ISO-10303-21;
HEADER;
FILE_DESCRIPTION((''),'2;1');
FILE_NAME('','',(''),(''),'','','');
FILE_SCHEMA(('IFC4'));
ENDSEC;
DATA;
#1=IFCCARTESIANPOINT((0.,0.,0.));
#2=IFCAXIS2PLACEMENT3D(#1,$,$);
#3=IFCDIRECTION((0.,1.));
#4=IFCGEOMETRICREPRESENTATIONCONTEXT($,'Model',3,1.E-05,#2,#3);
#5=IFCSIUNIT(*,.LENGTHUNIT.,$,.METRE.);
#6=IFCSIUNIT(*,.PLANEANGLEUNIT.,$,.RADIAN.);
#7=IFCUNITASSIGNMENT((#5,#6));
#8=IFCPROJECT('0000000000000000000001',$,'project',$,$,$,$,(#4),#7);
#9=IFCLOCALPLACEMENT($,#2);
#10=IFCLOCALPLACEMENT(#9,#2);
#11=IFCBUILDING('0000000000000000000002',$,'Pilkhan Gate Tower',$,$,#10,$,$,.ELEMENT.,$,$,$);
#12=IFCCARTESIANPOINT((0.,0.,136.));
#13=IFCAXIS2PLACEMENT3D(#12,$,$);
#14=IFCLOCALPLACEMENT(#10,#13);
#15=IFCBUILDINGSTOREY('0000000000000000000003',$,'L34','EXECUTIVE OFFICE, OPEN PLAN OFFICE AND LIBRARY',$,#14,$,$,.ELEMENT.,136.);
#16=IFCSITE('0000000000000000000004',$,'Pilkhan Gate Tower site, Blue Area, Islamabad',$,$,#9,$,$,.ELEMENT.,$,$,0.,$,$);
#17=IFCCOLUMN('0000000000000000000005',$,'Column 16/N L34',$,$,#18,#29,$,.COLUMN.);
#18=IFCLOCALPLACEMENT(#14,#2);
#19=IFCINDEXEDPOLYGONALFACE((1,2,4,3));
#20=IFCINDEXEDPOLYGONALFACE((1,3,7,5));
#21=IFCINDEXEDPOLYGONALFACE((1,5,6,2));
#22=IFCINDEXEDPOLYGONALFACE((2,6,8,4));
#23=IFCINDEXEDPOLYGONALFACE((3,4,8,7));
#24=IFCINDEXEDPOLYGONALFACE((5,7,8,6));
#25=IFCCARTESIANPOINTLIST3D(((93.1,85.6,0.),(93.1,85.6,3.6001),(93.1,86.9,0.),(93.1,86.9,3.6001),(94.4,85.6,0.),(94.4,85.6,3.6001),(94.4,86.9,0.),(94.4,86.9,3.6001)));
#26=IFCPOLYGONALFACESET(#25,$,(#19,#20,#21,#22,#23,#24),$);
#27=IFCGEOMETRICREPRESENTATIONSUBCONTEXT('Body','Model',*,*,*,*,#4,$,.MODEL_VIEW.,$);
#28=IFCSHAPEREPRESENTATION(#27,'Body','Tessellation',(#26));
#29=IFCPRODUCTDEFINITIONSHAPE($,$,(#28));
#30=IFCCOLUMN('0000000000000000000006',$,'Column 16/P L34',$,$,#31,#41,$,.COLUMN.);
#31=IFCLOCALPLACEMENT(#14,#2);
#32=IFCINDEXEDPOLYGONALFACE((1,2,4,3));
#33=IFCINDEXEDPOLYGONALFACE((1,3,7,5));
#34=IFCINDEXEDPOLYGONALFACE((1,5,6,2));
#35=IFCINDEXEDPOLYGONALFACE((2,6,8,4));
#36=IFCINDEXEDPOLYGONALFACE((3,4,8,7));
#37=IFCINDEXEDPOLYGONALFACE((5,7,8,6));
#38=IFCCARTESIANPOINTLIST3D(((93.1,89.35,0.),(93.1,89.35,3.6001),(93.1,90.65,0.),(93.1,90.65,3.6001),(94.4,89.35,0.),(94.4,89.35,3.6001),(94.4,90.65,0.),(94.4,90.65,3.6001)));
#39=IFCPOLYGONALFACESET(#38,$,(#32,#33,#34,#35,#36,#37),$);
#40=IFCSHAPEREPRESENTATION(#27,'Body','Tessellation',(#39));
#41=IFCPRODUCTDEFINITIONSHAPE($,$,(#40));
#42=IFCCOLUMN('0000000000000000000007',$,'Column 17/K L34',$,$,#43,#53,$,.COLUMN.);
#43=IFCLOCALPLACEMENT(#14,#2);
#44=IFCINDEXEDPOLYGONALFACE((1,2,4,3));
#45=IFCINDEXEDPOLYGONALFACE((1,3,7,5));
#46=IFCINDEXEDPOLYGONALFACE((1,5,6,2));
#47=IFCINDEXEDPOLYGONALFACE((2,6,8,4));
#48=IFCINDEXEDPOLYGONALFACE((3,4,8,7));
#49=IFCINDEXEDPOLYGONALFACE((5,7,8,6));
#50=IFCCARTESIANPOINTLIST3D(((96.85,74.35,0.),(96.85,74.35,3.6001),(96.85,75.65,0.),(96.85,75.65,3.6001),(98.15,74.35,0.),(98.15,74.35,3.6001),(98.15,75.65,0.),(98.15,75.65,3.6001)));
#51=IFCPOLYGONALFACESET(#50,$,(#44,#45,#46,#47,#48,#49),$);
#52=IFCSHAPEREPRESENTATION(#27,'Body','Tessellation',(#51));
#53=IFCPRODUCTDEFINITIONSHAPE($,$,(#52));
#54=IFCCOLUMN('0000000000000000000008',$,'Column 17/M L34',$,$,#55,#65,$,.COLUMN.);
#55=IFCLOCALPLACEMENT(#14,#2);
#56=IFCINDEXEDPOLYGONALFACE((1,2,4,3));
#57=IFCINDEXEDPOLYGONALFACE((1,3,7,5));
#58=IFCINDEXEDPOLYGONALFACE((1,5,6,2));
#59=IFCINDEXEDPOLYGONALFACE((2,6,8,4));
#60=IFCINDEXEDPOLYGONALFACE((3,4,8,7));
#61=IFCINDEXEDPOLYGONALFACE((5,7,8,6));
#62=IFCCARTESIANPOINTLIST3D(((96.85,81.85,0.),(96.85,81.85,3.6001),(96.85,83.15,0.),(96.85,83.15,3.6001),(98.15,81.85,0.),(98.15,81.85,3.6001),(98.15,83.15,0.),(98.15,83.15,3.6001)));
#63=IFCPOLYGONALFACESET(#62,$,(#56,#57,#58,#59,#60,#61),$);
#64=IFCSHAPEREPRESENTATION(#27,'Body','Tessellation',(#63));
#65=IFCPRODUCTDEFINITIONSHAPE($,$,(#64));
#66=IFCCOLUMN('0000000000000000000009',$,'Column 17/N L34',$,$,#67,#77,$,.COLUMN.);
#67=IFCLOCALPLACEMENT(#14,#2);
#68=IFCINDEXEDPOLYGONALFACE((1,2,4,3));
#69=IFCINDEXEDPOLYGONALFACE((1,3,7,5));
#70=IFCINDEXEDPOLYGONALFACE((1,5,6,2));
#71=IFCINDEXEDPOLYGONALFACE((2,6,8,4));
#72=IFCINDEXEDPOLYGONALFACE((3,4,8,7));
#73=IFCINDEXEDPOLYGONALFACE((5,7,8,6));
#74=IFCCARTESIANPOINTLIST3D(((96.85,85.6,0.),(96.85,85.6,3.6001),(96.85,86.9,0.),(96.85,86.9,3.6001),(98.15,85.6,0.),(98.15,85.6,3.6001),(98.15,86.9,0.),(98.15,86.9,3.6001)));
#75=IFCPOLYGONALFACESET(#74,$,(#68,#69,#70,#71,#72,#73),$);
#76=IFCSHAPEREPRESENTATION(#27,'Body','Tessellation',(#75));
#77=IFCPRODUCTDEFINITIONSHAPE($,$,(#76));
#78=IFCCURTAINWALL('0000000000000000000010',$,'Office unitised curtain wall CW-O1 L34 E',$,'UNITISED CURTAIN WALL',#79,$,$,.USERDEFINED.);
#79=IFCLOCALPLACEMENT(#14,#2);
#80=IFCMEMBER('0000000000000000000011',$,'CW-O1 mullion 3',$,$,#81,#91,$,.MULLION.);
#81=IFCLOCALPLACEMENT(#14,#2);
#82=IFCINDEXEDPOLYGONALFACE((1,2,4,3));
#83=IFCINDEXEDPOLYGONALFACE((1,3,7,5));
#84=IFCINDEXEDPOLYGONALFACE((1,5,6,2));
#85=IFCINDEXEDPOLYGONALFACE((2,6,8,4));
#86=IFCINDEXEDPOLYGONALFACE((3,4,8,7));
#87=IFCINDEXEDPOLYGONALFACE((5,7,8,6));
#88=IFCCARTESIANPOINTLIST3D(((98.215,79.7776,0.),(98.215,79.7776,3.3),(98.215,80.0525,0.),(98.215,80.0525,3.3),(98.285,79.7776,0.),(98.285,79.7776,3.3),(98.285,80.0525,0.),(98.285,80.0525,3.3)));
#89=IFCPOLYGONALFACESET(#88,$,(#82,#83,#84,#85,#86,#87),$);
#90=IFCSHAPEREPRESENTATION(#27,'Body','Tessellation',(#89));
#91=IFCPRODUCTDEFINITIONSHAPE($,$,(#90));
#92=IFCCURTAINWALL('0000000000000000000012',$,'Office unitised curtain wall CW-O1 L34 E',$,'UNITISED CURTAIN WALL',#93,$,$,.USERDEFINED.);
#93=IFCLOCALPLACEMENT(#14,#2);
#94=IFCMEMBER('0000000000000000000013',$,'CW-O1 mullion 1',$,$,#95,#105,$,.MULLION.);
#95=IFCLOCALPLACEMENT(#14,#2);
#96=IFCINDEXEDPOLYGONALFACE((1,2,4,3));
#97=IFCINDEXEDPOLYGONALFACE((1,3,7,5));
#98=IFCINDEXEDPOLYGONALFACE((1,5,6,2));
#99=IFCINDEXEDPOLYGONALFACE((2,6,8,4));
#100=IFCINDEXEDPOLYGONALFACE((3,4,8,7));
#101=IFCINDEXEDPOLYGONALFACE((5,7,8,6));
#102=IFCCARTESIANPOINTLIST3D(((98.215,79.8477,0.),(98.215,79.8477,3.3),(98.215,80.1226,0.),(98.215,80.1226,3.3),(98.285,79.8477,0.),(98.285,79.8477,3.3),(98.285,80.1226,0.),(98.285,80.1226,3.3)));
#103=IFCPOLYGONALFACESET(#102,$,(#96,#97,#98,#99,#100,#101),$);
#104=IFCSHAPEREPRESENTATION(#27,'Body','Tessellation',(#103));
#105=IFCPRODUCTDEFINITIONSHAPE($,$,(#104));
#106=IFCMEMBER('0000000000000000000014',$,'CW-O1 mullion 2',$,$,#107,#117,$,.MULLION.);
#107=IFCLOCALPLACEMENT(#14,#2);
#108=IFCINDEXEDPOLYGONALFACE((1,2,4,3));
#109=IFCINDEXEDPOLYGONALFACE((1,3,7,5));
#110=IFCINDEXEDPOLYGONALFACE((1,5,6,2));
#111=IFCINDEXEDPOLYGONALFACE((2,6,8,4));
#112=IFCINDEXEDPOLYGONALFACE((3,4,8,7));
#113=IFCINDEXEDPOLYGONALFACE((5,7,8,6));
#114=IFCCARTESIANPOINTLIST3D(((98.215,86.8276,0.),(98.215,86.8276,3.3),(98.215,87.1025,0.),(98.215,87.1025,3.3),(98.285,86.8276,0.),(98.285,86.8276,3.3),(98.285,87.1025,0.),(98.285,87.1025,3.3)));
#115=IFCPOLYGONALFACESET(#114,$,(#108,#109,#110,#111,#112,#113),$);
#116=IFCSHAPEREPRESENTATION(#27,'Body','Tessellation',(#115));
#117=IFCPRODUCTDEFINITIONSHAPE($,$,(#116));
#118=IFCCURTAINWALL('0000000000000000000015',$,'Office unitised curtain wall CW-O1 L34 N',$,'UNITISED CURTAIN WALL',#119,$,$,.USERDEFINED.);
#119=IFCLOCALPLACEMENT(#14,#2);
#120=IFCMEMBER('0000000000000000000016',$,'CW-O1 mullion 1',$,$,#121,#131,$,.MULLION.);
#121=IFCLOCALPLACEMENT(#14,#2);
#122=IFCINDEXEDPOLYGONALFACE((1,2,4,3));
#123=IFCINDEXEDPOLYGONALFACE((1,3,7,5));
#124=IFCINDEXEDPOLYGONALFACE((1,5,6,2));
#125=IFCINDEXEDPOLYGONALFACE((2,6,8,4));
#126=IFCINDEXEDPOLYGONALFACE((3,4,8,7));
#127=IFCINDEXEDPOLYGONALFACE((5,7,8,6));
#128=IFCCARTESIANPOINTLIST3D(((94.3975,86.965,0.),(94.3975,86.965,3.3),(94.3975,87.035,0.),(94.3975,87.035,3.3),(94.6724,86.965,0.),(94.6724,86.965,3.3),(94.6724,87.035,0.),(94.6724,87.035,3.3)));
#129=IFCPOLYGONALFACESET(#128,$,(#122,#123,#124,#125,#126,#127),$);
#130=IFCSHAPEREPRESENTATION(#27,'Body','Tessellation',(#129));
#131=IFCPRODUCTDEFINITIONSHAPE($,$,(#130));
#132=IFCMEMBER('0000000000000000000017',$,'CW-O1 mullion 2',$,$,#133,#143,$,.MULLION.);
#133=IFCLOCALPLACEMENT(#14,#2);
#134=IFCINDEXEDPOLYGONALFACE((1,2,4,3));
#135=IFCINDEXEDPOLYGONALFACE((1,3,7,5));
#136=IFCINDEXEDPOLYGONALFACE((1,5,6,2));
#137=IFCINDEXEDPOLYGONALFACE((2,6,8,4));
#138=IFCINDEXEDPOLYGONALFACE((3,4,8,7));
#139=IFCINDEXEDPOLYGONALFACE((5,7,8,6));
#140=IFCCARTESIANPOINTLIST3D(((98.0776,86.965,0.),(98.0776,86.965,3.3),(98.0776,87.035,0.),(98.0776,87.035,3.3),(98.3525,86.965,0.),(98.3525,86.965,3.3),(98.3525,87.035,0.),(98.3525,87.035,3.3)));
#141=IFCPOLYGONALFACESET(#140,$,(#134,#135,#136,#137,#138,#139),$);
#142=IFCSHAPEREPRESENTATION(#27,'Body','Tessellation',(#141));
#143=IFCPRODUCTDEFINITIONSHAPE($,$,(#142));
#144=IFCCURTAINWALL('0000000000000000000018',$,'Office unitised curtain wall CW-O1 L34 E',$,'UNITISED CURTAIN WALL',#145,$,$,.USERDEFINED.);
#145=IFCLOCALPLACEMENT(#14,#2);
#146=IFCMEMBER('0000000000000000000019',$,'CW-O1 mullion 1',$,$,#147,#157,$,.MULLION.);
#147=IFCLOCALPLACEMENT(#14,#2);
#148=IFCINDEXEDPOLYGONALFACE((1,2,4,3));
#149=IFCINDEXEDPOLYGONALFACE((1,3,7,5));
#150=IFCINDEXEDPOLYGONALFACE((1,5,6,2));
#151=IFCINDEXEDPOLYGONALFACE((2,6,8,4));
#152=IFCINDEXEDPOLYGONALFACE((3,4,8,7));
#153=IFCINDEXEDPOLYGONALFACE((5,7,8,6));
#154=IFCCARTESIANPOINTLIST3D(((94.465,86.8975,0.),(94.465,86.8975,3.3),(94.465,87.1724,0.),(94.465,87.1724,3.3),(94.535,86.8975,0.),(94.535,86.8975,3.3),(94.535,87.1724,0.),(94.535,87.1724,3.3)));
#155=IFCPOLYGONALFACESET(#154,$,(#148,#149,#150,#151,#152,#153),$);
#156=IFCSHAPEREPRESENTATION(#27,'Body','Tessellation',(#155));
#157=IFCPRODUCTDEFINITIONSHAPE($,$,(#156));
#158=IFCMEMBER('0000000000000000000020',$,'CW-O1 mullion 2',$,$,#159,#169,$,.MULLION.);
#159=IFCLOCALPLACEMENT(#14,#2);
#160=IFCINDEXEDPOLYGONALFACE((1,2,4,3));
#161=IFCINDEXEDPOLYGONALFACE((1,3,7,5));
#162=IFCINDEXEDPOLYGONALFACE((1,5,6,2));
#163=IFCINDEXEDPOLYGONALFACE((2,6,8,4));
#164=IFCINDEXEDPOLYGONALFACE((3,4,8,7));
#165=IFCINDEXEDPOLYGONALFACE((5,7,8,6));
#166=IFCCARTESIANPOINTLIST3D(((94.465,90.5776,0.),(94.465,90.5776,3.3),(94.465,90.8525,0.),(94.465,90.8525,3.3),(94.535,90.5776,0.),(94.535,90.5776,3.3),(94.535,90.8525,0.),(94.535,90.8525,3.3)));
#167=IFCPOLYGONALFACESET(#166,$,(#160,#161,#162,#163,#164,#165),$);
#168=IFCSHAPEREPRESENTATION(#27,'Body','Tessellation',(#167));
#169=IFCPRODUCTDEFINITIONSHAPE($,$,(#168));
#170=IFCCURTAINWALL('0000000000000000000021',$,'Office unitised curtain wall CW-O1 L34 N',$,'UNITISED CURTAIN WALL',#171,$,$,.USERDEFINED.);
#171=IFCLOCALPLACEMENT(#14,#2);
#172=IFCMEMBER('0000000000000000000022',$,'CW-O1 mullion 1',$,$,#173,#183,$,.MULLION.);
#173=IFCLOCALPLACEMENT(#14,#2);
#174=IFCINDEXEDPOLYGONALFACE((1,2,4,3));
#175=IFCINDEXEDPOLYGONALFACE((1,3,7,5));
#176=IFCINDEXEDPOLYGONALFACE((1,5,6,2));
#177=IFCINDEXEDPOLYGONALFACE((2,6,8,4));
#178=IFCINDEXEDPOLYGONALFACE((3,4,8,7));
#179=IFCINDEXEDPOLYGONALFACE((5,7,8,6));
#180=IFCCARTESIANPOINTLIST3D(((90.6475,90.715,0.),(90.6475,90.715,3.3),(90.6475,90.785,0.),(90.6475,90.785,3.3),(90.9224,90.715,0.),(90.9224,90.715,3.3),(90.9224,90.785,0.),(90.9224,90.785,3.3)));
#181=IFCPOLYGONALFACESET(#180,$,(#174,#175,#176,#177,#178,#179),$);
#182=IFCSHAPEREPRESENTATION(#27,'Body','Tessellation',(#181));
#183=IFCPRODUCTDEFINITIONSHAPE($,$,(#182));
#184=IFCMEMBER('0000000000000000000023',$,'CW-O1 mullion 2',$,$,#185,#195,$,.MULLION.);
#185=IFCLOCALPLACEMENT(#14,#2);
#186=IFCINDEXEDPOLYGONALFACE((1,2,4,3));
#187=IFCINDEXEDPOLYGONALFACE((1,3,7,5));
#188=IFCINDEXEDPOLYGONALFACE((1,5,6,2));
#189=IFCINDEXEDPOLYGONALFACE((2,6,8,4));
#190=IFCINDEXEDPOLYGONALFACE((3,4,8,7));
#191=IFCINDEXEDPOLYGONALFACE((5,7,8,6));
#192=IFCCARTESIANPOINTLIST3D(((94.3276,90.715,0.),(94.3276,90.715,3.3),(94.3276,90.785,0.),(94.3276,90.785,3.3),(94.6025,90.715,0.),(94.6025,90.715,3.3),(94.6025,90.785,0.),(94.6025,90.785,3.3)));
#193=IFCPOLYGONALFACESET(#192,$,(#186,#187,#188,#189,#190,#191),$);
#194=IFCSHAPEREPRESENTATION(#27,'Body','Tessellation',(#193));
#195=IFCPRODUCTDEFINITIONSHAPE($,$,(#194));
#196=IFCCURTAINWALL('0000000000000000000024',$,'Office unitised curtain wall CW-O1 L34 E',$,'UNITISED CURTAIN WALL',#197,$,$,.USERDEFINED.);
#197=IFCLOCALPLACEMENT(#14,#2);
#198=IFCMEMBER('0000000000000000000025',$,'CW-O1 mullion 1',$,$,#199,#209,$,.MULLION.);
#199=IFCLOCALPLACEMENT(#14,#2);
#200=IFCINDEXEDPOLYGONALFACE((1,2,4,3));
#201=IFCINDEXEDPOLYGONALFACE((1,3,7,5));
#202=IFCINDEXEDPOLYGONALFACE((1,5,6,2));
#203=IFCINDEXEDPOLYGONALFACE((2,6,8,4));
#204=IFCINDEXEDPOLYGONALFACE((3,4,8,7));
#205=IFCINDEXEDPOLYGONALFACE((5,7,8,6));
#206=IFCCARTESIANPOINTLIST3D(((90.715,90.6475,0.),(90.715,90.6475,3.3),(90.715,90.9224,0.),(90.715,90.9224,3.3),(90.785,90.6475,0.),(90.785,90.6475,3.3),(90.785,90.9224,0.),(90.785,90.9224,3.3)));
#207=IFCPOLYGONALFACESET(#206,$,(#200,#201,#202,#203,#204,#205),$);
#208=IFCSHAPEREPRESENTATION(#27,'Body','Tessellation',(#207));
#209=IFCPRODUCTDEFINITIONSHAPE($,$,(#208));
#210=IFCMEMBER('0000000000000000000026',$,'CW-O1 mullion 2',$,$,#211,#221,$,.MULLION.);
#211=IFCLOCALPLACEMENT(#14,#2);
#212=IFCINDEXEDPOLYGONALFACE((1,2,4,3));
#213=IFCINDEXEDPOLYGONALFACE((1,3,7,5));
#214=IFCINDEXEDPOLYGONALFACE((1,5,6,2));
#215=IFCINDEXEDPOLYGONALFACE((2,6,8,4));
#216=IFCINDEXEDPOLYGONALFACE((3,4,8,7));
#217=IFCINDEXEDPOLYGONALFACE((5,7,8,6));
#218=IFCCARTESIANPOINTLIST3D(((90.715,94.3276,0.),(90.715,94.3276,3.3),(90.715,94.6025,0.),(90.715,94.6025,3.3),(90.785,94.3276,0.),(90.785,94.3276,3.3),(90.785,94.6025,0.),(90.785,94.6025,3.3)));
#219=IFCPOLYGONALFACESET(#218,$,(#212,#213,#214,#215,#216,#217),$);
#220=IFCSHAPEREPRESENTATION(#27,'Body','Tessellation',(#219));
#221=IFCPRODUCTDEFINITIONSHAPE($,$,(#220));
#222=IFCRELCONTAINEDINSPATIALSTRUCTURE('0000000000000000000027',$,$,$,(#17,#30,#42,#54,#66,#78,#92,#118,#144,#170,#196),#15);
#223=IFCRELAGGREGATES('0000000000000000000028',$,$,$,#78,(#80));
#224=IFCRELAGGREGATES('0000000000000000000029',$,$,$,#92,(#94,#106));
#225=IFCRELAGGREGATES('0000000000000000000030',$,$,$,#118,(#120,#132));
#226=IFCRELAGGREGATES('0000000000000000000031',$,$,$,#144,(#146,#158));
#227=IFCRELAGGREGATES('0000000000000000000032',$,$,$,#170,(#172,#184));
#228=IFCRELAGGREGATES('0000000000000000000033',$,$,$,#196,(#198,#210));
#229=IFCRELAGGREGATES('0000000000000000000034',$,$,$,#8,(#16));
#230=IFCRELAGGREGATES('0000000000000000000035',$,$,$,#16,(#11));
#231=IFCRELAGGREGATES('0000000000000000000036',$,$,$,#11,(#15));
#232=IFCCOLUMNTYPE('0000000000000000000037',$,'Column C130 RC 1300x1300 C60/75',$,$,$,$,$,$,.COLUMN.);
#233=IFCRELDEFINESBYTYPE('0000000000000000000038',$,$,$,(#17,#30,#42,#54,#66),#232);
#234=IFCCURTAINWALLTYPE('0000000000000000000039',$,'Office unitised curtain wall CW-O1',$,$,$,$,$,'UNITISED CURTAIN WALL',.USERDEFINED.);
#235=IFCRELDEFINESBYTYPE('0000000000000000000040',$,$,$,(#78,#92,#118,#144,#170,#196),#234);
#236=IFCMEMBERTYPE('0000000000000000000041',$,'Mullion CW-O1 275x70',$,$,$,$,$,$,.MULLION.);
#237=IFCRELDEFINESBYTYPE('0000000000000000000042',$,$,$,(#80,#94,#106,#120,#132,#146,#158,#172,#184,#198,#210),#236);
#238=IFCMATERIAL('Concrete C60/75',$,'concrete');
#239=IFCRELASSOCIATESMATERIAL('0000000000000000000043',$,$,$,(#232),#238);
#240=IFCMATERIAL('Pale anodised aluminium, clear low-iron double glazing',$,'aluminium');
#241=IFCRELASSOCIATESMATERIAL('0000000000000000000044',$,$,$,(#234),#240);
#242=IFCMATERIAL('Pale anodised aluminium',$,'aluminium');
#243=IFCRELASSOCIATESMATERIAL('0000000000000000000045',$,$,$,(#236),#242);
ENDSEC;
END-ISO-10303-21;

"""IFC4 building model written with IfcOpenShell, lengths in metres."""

from ifc_helpers import new_model, si_unit, direction, frame, origin, origin_2d, place, context, subcontext, project, spatial, rectangle, extrude, material, material_profile, profile_set, type_object, element, aggregate, save


model = new_model("IFC4")

# Units and contexts
model_context = context("Model", 3, precision=1e-05, world=origin(), true_north=direction((0.0, 1.0)))
body_context = subcontext(model_context, "Body", "Model", "MODEL_VIEW")
ifc_project = project(units=[si_unit("LENGTHUNIT", "METRE"), si_unit("PLANEANGLEUNIT", "RADIAN")], contexts=[model_context])

# Site, building, storey
site_placement = place(None, origin())
site = spatial("IfcSite", under=ifc_project, at=site_placement, Name="Pilkhan Gate Tower site, Blue Area, Islamabad", CompositionType="ELEMENT", RefElevation=0.0)
building_placement = place(site_placement, origin())
building = spatial("IfcBuilding", under=site, at=building_placement, Name="Pilkhan Gate Tower", CompositionType="ELEMENT")
storey_placement = place(building_placement, frame((0.0, 0.0, 136.0)))
storey = spatial("IfcBuildingStorey", under=building, at=storey_placement, Name="L34", Description="EXECUTIVE OFFICE, OPEN PLAN OFFICE AND LIBRARY", CompositionType="ELEMENT", Elevation=136.0)

# Columns
ifc_material_1 = material(Name="Concrete C60/75", Category="concrete")
ifc_material_profile_1 = material_profile(ifc_material_1, rectangle(XDim=1.3, YDim=1.3, at=origin_2d()), Name="RC 1300x1300")
ifc_profile_set_1 = profile_set([ifc_material_profile_1], Name="Concrete C60/75")
column_type = type_object("IfcColumnType", Name="Column C130 RC 1300x1300 C60/75", PredefinedType="COLUMN", material=ifc_profile_set_1)
for number, where, z_axis, x_axis, name in (
    (1, (93.75, 86.25, 0.0), (0.0, 0.0, 1.0), (1.0, 0.0, 0.0), "Column 16/N L34"),
    (2, (93.75, 90.0, 0.0), (0.0, 0.0, 1.0), (1.0, 0.0, 0.0), "Column 16/P L34"),
    (3, (97.5, 75.0, 0.0), (0.0, 0.0, 1.0), (1.0, 0.0, 0.0), "Column 17/K L34"),
    (4, (97.5, 82.5, 0.0), (0.0, 0.0, 1.0), (1.0, 0.0, 0.0), "Column 17/M L34"),
    (5, (97.5, 86.25, 0.0), (0.0, 0.0, 1.0), (1.0, 0.0, 0.0), "Column 17/N L34"),
):
    element("IfcColumn", number, at=place(storey_placement, frame(where, z_axis=z_axis, x_axis=x_axis)), inside=storey, type_object=column_type, Name=name, PredefinedType="COLUMN", context=body_context, shape_type="SweptSolid", body=[
        extrude(rectangle(XDim=1.3, YDim=1.3, at=origin_2d()), origin(), (0.0, 0.0, 1.0), 3.6001),
    ])

# Curtain wall, member
ifc_material_2 = material(Name="Pale anodised aluminium, clear low-iron double glazing", Category="aluminium")
curtain_wall_type = type_object("IfcCurtainWallType", Name="Office unitised curtain wall CW-O1", ElementType="UNITISED CURTAIN WALL", PredefinedType="USERDEFINED", material=ifc_material_2)
curtain_wall_1_placement = place(storey_placement, origin())
curtain_wall_1 = element("IfcCurtainWall", 6, at=curtain_wall_1_placement, inside=storey, type_object=curtain_wall_type, Name="Office unitised curtain wall CW-O1 L34 E", ObjectType="UNITISED CURTAIN WALL", PredefinedType="USERDEFINED")
ifc_material_3 = material(Name="Pale anodised aluminium", Category="aluminium")
ifc_material_profile_2 = material_profile(ifc_material_3, rectangle(XDim=0.0701, YDim=0.2749, at=origin_2d()), Name="Mullion 275x70")
ifc_profile_set_2 = profile_set([ifc_material_profile_2], Name="Pale anodised aluminium")
member_type_1 = type_object("IfcMemberType", Name="Mullion CW-O1 275x70", PredefinedType="MULLION", material=ifc_profile_set_2)
member_1_placement = place(storey_placement, frame((98.25, 79.915, 0.0), z_axis=(0.0, 0.0, 1.0), x_axis=(-1.0, 0.0, 0.0)))
member_1 = element("IfcMember", 7, at=member_1_placement, type_object=member_type_1, Name="CW-O1 mullion 3", PredefinedType="MULLION", context=body_context, shape_type="SweptSolid", body=[
    extrude(rectangle(XDim=0.0701, YDim=0.2749, at=origin_2d()), origin(), (0.0, 0.0, 1.0), 3.3),
])

# Curtain walls, members
curtain_wall_2_placement = place(storey_placement, origin())
curtain_wall_2 = element("IfcCurtainWall", 8, at=curtain_wall_2_placement, inside=storey, type_object=curtain_wall_type, Name="Office unitised curtain wall CW-O1 L34 E", ObjectType="UNITISED CURTAIN WALL", PredefinedType="USERDEFINED")
member_2_placement = place(storey_placement, frame((98.25, 79.9851, 0.0), z_axis=(0.0, 0.0, 1.0), x_axis=(-1.0, 0.0, 0.0)))
member_2 = element("IfcMember", 9, at=member_2_placement, type_object=member_type_1, Name="CW-O1 mullion 1", PredefinedType="MULLION", context=body_context, shape_type="SweptSolid", body=[
    extrude(rectangle(XDim=0.0701, YDim=0.2749, at=origin_2d()), origin(), (0.0, 0.0, 1.0), 3.3),
])
member_3_placement = place(storey_placement, frame((98.25, 86.9651, 0.0), z_axis=(0.0, 0.0, 1.0), x_axis=(-1.0, 0.0, 0.0)))
member_3 = element("IfcMember", 10, at=member_3_placement, type_object=member_type_1, Name="CW-O1 mullion 2", PredefinedType="MULLION", context=body_context, shape_type="SweptSolid", body=[
    extrude(rectangle(XDim=0.0701, YDim=0.2749, at=origin_2d()), origin(), (0.0, 0.0, 1.0), 3.3),
])
curtain_wall_3_placement = place(storey_placement, origin())
curtain_wall_3 = element("IfcCurtainWall", 11, at=curtain_wall_3_placement, inside=storey, type_object=curtain_wall_type, Name="Office unitised curtain wall CW-O1 L34 N", ObjectType="UNITISED CURTAIN WALL", PredefinedType="USERDEFINED")
member_4_placement = place(storey_placement, frame((94.5349, 87.0, 0.0), z_axis=(0.0, 0.0, 1.0), x_axis=(0.0, 1.0, 0.0)))
member_4 = element("IfcMember", 12, at=member_4_placement, type_object=member_type_1, Name="CW-O1 mullion 1", PredefinedType="MULLION", context=body_context, shape_type="SweptSolid", body=[
    extrude(rectangle(XDim=0.0701, YDim=0.2749, at=origin_2d()), origin(), (0.0, 0.0, 1.0), 3.3),
])
member_5_placement = place(storey_placement, frame((98.2151, 87.0, 0.0), z_axis=(0.0, 0.0, 1.0), x_axis=(0.0, 1.0, 0.0)))
member_5 = element("IfcMember", 13, at=member_5_placement, type_object=member_type_1, Name="CW-O1 mullion 2", PredefinedType="MULLION", context=body_context, shape_type="SweptSolid", body=[
    extrude(rectangle(XDim=0.0701, YDim=0.2749, at=origin_2d()), origin(), (0.0, 0.0, 1.0), 3.3),
])
curtain_wall_4_placement = place(storey_placement, origin())
curtain_wall_4 = element("IfcCurtainWall", 14, at=curtain_wall_4_placement, inside=storey, type_object=curtain_wall_type, Name="Office unitised curtain wall CW-O1 L34 E", ObjectType="UNITISED CURTAIN WALL", PredefinedType="USERDEFINED")
member_6_placement = place(storey_placement, frame((94.5, 87.0349, 0.0), z_axis=(0.0, 0.0, 1.0), x_axis=(-1.0, 0.0, 0.0)))
member_6 = element("IfcMember", 15, at=member_6_placement, type_object=member_type_1, Name="CW-O1 mullion 1", PredefinedType="MULLION", context=body_context, shape_type="SweptSolid", body=[
    extrude(rectangle(XDim=0.0701, YDim=0.2749, at=origin_2d()), origin(), (0.0, 0.0, 1.0), 3.3),
])
member_7_placement = place(storey_placement, frame((94.5, 90.7151, 0.0), z_axis=(0.0, 0.0, 1.0), x_axis=(-1.0, 0.0, 0.0)))
member_7 = element("IfcMember", 16, at=member_7_placement, type_object=member_type_1, Name="CW-O1 mullion 2", PredefinedType="MULLION", context=body_context, shape_type="SweptSolid", body=[
    extrude(rectangle(XDim=0.0701, YDim=0.2749, at=origin_2d()), origin(), (0.0, 0.0, 1.0), 3.3),
])
curtain_wall_5_placement = place(storey_placement, origin())
curtain_wall_5 = element("IfcCurtainWall", 17, at=curtain_wall_5_placement, inside=storey, type_object=curtain_wall_type, Name="Office unitised curtain wall CW-O1 L34 N", ObjectType="UNITISED CURTAIN WALL", PredefinedType="USERDEFINED")
member_8_placement = place(storey_placement, frame((90.7849, 90.75, 0.0), z_axis=(0.0, 0.0, 1.0), x_axis=(0.0, 1.0, 0.0)))
member_8 = element("IfcMember", 18, at=member_8_placement, type_object=member_type_1, Name="CW-O1 mullion 1", PredefinedType="MULLION", context=body_context, shape_type="SweptSolid", body=[
    extrude(rectangle(XDim=0.0701, YDim=0.2749, at=origin_2d()), origin(), (0.0, 0.0, 1.0), 3.3),
])
member_9_placement = place(storey_placement, frame((94.4651, 90.75, 0.0), z_axis=(0.0, 0.0, 1.0), x_axis=(0.0, 1.0, 0.0)))
member_9 = element("IfcMember", 19, at=member_9_placement, type_object=member_type_1, Name="CW-O1 mullion 2", PredefinedType="MULLION", context=body_context, shape_type="SweptSolid", body=[
    extrude(rectangle(XDim=0.0701, YDim=0.2749, at=origin_2d()), origin(), (0.0, 0.0, 1.0), 3.3),
])
curtain_wall_6_placement = place(storey_placement, origin())
curtain_wall_6 = element("IfcCurtainWall", 20, at=curtain_wall_6_placement, inside=storey, type_object=curtain_wall_type, Name="Office unitised curtain wall CW-O1 L34 E", ObjectType="UNITISED CURTAIN WALL", PredefinedType="USERDEFINED")
member_10_placement = place(storey_placement, frame((90.75, 90.7849, 0.0), z_axis=(0.0, 0.0, 1.0), x_axis=(-1.0, 0.0, 0.0)))
member_10 = element("IfcMember", 21, at=member_10_placement, type_object=member_type_1, Name="CW-O1 mullion 1", PredefinedType="MULLION", context=body_context, shape_type="SweptSolid", body=[
    extrude(rectangle(XDim=0.0701, YDim=0.2749, at=origin_2d()), origin(), (0.0, 0.0, 1.0), 3.3),
])
member_11_placement = place(storey_placement, frame((90.75, 94.4651, 0.0), z_axis=(0.0, 0.0, 1.0), x_axis=(-1.0, 0.0, 0.0)))
member_11 = element("IfcMember", 22, at=member_11_placement, type_object=member_type_1, Name="CW-O1 mullion 2", PredefinedType="MULLION", context=body_context, shape_type="SweptSolid", body=[
    extrude(rectangle(XDim=0.0701, YDim=0.2749, at=origin_2d()), origin(), (0.0, 0.0, 1.0), 3.3),
])

aggregate(curtain_wall_1, [member_1])
aggregate(curtain_wall_2, [member_2, member_3])
aggregate(curtain_wall_3, [member_4, member_5])
aggregate(curtain_wall_4, [member_6, member_7])
aggregate(curtain_wall_5, [member_8, member_9])
aggregate(curtain_wall_6, [member_10, member_11])

save(model, "model.ifc")
